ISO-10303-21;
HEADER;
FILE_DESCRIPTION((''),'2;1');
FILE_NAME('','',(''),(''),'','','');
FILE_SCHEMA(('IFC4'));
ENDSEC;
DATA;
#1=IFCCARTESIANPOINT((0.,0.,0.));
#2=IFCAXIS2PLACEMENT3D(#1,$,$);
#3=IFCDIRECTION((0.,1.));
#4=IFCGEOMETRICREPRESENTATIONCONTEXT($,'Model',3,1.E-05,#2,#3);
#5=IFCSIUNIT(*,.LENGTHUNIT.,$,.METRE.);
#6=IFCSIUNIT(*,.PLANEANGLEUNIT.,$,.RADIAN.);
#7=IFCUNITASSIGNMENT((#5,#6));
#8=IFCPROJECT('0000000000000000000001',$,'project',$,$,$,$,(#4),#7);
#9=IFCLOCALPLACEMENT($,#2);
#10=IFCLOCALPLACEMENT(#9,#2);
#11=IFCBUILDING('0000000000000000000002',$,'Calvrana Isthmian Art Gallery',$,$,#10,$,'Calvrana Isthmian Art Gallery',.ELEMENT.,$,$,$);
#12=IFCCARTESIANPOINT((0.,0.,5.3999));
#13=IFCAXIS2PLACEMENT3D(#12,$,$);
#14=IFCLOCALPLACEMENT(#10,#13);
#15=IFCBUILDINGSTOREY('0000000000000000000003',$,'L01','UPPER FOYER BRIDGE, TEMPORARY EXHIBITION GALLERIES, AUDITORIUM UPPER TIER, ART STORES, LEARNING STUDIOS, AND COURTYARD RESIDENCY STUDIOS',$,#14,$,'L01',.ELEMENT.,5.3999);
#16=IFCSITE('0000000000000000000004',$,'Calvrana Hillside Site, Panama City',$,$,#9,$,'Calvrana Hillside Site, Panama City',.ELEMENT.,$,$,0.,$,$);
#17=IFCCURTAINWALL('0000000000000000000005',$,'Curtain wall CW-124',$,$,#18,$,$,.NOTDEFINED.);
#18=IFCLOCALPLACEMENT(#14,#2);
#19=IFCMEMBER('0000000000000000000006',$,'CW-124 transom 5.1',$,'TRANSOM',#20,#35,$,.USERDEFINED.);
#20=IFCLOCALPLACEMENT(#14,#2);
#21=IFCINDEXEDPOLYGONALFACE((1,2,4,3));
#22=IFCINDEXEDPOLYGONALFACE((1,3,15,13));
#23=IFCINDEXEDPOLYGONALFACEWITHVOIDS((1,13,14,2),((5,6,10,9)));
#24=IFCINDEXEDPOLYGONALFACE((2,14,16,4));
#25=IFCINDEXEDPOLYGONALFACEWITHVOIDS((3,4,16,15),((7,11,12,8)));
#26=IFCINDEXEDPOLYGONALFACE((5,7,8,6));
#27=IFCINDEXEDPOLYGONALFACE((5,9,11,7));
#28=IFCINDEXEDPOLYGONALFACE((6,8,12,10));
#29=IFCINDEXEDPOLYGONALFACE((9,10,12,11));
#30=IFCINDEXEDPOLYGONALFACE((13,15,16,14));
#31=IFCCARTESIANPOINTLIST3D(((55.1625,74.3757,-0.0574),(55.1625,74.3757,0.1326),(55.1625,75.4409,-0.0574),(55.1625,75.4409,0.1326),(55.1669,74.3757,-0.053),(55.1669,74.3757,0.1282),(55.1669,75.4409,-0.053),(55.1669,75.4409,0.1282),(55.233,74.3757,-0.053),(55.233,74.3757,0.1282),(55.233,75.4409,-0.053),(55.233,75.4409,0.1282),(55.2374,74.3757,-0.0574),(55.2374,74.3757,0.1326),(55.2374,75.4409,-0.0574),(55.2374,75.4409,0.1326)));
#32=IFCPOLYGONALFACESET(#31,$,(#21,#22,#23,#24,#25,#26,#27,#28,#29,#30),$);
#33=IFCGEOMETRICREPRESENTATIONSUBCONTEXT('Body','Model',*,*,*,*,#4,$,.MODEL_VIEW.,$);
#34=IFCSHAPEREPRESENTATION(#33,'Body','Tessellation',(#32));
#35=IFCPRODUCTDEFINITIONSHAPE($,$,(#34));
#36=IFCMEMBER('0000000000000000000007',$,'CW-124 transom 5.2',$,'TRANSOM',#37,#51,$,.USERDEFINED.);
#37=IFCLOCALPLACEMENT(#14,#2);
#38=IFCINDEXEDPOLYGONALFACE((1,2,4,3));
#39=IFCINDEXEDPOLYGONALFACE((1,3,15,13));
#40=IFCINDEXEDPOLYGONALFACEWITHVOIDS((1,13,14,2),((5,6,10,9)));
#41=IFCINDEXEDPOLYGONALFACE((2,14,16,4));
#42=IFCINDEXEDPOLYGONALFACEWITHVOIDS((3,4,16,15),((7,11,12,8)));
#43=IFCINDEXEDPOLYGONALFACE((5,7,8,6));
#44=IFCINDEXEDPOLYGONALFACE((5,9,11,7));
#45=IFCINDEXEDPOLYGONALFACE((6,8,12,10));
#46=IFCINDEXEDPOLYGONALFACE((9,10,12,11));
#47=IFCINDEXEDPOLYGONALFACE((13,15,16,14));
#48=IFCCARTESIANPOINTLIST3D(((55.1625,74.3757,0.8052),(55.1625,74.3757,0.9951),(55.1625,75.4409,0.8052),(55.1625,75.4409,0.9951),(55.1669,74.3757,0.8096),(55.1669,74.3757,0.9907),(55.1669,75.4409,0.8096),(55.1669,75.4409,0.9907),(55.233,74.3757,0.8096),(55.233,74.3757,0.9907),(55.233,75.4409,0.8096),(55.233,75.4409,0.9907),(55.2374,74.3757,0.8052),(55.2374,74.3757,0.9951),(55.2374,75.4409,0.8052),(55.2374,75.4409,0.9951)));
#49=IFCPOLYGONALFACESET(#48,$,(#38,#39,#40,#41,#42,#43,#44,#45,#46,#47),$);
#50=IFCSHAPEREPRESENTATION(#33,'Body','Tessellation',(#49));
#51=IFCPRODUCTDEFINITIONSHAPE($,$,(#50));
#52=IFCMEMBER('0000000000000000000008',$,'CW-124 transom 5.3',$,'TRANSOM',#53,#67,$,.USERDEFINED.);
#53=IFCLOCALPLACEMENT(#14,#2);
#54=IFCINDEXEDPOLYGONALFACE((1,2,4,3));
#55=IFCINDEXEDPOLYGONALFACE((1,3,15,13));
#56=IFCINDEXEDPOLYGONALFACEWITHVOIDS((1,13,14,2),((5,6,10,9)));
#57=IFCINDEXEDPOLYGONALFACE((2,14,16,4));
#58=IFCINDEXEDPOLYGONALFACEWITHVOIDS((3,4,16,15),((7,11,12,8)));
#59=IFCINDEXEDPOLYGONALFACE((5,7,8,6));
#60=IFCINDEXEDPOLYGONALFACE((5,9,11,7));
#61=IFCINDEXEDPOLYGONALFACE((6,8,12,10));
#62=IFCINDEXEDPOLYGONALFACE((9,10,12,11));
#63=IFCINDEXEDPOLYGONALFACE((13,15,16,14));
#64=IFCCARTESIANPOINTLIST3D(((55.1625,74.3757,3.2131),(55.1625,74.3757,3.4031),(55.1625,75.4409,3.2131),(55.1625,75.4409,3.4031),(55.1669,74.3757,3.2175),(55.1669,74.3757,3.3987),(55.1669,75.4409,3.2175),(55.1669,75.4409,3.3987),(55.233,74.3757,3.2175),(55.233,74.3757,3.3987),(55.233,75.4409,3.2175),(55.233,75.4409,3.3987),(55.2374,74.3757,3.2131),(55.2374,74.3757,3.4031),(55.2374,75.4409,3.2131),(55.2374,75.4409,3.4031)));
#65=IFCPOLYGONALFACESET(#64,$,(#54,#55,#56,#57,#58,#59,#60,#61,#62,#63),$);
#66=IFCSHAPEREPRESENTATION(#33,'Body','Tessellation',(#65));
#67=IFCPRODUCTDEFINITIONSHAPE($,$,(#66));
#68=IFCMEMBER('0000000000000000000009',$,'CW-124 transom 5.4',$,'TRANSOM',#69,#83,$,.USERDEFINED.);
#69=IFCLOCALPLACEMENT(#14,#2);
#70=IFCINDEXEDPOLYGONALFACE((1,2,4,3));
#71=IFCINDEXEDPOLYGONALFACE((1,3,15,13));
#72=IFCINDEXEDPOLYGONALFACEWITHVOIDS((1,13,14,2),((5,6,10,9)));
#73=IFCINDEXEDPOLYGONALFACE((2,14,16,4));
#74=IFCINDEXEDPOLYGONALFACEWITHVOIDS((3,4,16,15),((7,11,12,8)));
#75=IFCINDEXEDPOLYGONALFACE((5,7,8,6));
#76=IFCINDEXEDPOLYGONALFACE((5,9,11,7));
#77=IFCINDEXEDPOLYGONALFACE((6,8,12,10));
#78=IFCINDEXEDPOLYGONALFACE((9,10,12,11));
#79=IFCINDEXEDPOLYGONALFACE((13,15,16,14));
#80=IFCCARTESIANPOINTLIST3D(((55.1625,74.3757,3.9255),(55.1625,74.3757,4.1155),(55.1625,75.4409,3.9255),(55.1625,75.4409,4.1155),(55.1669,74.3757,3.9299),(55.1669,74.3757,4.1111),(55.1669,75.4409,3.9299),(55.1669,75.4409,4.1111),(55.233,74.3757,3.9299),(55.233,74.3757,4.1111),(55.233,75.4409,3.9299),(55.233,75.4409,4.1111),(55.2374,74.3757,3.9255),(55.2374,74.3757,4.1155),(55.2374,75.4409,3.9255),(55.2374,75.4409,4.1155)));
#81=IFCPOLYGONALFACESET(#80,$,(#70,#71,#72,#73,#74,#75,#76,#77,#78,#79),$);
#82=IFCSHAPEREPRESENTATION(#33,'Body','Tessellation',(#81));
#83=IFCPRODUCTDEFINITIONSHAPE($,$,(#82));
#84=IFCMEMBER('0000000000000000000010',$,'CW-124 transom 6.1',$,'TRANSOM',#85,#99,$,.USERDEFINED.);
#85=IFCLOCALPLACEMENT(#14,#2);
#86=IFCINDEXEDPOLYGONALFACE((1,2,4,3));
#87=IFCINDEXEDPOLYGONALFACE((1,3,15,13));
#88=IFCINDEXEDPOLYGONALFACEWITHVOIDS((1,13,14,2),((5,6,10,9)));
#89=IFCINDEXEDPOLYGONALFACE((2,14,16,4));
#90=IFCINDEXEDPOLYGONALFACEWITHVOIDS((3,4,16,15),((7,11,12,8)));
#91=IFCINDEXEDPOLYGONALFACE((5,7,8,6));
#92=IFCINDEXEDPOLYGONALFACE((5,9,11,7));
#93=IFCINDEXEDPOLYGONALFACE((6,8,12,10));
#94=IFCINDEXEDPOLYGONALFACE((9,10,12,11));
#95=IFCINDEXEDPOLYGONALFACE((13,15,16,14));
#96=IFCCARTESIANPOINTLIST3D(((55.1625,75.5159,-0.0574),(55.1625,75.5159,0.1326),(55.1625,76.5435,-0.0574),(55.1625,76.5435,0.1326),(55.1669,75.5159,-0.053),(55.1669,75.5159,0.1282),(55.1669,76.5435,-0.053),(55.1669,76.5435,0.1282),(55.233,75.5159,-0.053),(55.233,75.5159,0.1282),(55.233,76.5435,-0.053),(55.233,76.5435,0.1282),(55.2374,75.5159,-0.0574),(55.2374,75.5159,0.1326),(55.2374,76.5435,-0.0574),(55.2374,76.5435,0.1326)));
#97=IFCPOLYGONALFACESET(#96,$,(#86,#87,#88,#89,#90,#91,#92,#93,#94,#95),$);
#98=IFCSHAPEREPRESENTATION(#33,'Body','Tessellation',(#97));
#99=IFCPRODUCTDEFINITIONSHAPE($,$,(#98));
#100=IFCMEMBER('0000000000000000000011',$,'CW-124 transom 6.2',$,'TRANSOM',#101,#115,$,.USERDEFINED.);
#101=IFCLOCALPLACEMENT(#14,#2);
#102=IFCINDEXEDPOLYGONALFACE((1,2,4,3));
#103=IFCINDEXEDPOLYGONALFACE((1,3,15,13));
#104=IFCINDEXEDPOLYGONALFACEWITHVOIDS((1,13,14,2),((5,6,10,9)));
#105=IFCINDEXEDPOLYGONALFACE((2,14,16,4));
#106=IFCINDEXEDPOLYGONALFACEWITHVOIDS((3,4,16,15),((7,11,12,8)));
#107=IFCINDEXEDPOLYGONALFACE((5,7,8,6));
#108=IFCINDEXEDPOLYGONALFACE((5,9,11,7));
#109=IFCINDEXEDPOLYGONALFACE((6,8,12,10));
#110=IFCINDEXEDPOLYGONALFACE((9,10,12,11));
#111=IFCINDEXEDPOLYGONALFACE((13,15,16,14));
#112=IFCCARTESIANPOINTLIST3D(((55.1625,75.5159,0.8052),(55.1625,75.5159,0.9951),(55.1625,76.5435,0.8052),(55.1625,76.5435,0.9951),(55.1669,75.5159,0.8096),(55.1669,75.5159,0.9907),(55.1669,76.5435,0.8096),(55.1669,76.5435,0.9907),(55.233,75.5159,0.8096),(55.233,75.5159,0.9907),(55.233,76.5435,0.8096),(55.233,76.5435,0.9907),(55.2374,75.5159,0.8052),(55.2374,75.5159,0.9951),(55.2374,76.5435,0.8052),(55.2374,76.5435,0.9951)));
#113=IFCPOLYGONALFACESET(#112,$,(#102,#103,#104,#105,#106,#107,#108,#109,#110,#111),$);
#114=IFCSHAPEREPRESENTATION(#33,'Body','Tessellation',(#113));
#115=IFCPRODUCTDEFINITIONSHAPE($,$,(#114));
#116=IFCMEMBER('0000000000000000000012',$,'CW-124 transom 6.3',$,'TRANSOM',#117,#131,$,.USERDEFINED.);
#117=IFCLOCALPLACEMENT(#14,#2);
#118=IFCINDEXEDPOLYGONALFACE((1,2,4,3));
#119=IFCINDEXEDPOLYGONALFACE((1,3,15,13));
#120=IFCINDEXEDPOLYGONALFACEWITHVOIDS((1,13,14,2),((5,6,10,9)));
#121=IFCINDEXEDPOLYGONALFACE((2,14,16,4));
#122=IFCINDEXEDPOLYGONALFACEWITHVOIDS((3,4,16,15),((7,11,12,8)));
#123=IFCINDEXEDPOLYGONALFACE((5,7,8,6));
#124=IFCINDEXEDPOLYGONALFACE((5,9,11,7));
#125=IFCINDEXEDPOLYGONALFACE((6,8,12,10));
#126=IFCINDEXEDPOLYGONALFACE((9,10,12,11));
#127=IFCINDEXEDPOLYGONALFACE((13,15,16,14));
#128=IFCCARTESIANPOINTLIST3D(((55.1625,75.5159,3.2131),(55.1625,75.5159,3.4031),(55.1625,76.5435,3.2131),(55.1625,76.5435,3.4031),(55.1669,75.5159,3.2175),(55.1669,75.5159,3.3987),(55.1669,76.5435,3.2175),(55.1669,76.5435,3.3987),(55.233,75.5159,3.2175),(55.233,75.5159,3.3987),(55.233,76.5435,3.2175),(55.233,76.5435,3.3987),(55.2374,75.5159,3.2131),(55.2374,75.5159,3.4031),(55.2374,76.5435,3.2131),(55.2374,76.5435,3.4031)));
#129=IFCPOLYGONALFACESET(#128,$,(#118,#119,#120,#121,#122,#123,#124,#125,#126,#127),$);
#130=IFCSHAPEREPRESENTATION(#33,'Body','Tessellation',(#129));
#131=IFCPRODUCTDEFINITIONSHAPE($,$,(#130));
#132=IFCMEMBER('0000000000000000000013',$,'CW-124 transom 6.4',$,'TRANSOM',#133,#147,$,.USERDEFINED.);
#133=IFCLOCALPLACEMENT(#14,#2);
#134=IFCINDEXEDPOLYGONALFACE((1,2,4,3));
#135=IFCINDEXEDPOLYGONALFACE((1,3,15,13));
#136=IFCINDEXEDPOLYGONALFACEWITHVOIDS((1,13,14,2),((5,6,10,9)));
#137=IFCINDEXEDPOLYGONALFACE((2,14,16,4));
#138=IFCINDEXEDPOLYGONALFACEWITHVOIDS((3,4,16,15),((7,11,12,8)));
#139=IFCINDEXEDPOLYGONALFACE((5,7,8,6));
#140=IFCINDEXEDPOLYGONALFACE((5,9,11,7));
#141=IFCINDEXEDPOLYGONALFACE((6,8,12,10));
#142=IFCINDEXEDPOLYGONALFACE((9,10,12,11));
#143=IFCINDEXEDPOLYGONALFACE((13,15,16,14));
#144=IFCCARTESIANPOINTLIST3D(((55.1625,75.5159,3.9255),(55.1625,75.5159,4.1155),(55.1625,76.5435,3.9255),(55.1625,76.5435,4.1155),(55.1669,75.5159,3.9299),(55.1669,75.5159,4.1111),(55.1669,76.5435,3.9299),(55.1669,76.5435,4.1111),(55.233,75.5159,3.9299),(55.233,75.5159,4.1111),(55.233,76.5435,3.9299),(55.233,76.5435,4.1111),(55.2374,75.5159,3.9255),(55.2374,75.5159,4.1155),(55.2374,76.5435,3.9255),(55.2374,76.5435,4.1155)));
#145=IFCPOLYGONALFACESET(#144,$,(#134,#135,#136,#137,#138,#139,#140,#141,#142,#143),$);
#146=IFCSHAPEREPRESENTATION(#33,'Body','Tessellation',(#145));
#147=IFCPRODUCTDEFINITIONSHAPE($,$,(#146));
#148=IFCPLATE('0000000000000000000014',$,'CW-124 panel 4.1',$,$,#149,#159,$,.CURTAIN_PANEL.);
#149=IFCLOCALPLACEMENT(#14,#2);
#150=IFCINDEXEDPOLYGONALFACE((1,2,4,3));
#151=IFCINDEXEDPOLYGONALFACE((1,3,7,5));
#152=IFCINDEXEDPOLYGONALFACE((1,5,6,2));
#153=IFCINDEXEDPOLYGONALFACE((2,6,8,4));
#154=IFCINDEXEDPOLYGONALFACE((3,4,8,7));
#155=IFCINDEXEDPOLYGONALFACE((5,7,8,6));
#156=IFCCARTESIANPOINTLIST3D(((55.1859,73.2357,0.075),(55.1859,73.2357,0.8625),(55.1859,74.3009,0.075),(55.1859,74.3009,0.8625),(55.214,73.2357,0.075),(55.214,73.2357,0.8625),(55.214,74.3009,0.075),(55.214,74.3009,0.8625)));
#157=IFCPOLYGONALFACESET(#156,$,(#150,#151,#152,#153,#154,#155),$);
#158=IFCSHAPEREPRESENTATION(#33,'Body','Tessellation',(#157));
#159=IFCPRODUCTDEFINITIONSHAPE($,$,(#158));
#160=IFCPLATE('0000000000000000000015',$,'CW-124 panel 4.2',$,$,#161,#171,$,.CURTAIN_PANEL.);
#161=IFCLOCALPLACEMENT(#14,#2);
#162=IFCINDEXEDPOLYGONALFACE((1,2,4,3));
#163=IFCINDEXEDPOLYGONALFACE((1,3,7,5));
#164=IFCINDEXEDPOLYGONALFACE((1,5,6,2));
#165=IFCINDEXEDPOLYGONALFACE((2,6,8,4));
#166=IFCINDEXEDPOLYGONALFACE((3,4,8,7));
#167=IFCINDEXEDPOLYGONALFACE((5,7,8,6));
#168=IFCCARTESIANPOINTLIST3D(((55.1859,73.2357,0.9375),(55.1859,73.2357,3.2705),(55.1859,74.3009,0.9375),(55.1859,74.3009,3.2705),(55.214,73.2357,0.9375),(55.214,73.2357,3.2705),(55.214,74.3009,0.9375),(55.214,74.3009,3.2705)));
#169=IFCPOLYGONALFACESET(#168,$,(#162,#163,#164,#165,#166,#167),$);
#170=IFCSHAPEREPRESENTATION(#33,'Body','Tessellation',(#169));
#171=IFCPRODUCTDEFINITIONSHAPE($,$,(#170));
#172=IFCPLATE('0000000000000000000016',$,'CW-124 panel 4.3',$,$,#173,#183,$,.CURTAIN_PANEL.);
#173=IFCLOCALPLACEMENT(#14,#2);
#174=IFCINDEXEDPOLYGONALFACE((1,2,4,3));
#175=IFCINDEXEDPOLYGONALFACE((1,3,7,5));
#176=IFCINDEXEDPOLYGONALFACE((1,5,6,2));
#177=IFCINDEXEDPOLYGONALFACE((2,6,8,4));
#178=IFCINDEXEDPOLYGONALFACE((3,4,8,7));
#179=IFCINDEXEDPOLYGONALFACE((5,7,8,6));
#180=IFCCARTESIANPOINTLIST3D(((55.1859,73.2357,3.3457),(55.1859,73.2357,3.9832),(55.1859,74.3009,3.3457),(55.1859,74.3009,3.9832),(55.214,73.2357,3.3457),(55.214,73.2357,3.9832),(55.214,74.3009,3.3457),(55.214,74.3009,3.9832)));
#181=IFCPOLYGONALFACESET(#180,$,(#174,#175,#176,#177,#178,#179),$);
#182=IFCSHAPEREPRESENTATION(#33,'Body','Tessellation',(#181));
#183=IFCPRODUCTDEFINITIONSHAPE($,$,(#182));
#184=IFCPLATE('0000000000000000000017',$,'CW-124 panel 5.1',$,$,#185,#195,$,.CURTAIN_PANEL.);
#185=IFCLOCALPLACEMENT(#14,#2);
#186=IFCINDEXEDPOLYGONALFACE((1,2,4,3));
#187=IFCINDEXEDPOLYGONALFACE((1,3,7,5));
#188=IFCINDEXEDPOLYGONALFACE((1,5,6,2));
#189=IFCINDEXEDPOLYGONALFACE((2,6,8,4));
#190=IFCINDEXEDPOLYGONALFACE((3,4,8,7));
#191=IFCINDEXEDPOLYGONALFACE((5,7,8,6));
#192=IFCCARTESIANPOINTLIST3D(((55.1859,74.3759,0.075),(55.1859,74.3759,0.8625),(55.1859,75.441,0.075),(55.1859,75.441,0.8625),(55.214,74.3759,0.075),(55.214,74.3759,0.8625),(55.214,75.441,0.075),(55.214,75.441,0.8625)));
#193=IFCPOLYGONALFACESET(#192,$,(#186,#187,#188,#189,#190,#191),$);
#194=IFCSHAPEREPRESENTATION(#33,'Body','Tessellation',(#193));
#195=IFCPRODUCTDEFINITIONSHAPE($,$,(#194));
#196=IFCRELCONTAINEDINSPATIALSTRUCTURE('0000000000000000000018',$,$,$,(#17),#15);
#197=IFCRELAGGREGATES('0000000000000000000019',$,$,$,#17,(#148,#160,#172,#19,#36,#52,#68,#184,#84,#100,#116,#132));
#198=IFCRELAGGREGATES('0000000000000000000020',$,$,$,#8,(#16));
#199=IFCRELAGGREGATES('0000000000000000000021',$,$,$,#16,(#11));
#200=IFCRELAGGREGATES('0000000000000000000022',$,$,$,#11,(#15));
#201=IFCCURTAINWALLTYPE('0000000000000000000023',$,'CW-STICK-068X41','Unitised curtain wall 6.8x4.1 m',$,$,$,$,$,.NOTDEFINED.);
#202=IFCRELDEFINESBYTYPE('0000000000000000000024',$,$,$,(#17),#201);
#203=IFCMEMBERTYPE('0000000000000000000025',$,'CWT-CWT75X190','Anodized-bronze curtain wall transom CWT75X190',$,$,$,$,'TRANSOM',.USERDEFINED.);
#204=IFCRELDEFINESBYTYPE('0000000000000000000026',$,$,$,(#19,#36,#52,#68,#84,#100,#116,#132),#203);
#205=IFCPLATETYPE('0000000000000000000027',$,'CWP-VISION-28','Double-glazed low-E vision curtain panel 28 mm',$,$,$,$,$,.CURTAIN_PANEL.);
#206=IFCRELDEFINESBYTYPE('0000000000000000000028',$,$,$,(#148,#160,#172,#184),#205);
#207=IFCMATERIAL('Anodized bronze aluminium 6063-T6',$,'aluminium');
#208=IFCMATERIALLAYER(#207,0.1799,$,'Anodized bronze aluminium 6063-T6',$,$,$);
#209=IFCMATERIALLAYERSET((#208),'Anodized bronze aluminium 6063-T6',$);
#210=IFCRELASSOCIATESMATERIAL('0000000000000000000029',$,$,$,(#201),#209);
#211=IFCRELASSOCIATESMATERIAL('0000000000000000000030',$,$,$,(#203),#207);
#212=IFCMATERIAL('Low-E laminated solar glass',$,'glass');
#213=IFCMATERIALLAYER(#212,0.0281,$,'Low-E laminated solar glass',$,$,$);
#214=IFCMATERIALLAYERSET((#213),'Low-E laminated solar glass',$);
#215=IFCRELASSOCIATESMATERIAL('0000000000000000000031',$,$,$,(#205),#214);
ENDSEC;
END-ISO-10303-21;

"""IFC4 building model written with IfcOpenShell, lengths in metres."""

from ifc_helpers import new_model, si_unit, direction, frame, origin, origin_2d, place, context, subcontext, project, spatial, rectangle, hollow_rectangle, extrude, material, layer, layer_set, material_profile, profile_set, type_object, element, aggregate, save


model = new_model("IFC4")

# Units and contexts
model_context = context("Model", 3, precision=1e-05, world=origin(), true_north=direction((0.0, 1.0)))
body_context = subcontext(model_context, "Body", "Model", "MODEL_VIEW")
ifc_project = project(units=[si_unit("LENGTHUNIT", "METRE"), si_unit("PLANEANGLEUNIT", "RADIAN")], contexts=[model_context])

# Site, building, storey
site_placement = place(None, origin())
site = spatial("IfcSite", under=ifc_project, at=site_placement, Name="Calvrana Hillside Site, Panama City", LongName="Calvrana Hillside Site, Panama City", CompositionType="ELEMENT", RefElevation=0.0)
building_placement = place(site_placement, origin())
building = spatial("IfcBuilding", under=site, at=building_placement, Name="Calvrana Isthmian Art Gallery", LongName="Calvrana Isthmian Art Gallery", CompositionType="ELEMENT")
storey_placement = place(building_placement, frame((0.0, 0.0, 5.3999)))
storey = spatial("IfcBuildingStorey", under=building, at=storey_placement, Name="L01", Description="UPPER FOYER BRIDGE, TEMPORARY EXHIBITION GALLERIES, AUDITORIUM UPPER TIER, ART STORES, LEARNING STUDIOS, AND COURTYARD RESIDENCY STUDIOS", LongName="L01", CompositionType="ELEMENT", Elevation=5.3999)

# Shared definitions
ifc_material_1 = material(Name="Anodized bronze aluminium 6063-T6", Category="aluminium")

# Curtain wall
ifc_layer_1 = layer(ifc_material_1, 0.1799, Name="Anodized bronze aluminium 6063-T6")
ifc_layer_set_1 = layer_set([ifc_layer_1], Name="Anodized bronze aluminium 6063-T6")
curtain_wall_type_1 = type_object("IfcCurtainWallType", Name="CW-STICK-068X41", Description="Unitised curtain wall 6.8x4.1 m", PredefinedType="NOTDEFINED", material=ifc_layer_set_1)
curtain_wall_1_placement = place(storey_placement, origin())
curtain_wall_1 = element("IfcCurtainWall", 1, at=curtain_wall_1_placement, inside=storey, type_object=curtain_wall_type_1, Name="Curtain wall CW-124", PredefinedType="NOTDEFINED")

# Members
ifc_material_profile_1 = material_profile(ifc_material_1, hollow_rectangle(XDim=0.075, YDim=0.1899, WallThickness=0.0044, at=origin_2d()), Name="CWT75X190")
ifc_profile_set_1 = profile_set([ifc_material_profile_1], Name="Anodized bronze aluminium 6063-T6")
member_type_1 = type_object("IfcMemberType", Name="CWT-CWT75X190", Description="Anodized-bronze curtain wall transom CWT75X190", ElementType="TRANSOM", PredefinedType="USERDEFINED", material=ifc_profile_set_1)
member_1_placement = place(storey_placement, frame((55.2, 74.3757, 0.0376), z_axis=(0.0, 1.0, 0.0), x_axis=(-1.0, 0.0, 0.0)))
member_1 = element("IfcMember", 2, at=member_1_placement, type_object=member_type_1, Name="CW-124 transom 5.1", ObjectType="TRANSOM", PredefinedType="USERDEFINED", context=body_context, shape_type="SweptSolid", body=[
    extrude(hollow_rectangle(XDim=0.075, YDim=0.1899, WallThickness=0.0044, at=origin_2d()), origin(), (0.0, 0.0, 1.0), 1.0652),
])
member_2_placement = place(storey_placement, frame((55.2, 74.3757, 0.9001), z_axis=(0.0, 1.0, 0.0), x_axis=(-1.0, 0.0, 0.0)))
member_2 = element("IfcMember", 3, at=member_2_placement, type_object=member_type_1, Name="CW-124 transom 5.2", ObjectType="TRANSOM", PredefinedType="USERDEFINED", context=body_context, shape_type="SweptSolid", body=[
    extrude(hollow_rectangle(XDim=0.075, YDim=0.1899, WallThickness=0.0044, at=origin_2d()), origin(), (0.0, 0.0, 1.0), 1.0652),
])
member_3_placement = place(storey_placement, frame((55.2, 74.3757, 3.3081), z_axis=(0.0, 1.0, 0.0), x_axis=(-1.0, 0.0, 0.0)))
member_3 = element("IfcMember", 4, at=member_3_placement, type_object=member_type_1, Name="CW-124 transom 5.3", ObjectType="TRANSOM", PredefinedType="USERDEFINED", context=body_context, shape_type="SweptSolid", body=[
    extrude(hollow_rectangle(XDim=0.075, YDim=0.1899, WallThickness=0.0044, at=origin_2d()), origin(), (0.0, 0.0, 1.0), 1.0652),
])
member_4_placement = place(storey_placement, frame((55.2, 74.3757, 4.0205), z_axis=(0.0, 1.0, 0.0), x_axis=(-1.0, 0.0, 0.0)))
member_4 = element("IfcMember", 5, at=member_4_placement, type_object=member_type_1, Name="CW-124 transom 5.4", ObjectType="TRANSOM", PredefinedType="USERDEFINED", context=body_context, shape_type="SweptSolid", body=[
    extrude(hollow_rectangle(XDim=0.075, YDim=0.1899, WallThickness=0.0044, at=origin_2d()), origin(), (0.0, 0.0, 1.0), 1.0652),
])
member_5_placement = place(storey_placement, frame((55.2, 75.5159, 0.0376), z_axis=(0.0, 1.0, 0.0), x_axis=(-1.0, 0.0, 0.0)))
member_5 = element("IfcMember", 6, at=member_5_placement, type_object=member_type_1, Name="CW-124 transom 6.1", ObjectType="TRANSOM", PredefinedType="USERDEFINED", context=body_context, shape_type="SweptSolid", body=[
    extrude(hollow_rectangle(XDim=0.075, YDim=0.1899, WallThickness=0.0044, at=origin_2d()), origin(), (0.0, 0.0, 1.0), 1.0276),
])
member_6_placement = place(storey_placement, frame((55.2, 75.5159, 0.9001), z_axis=(0.0, 1.0, 0.0), x_axis=(-1.0, 0.0, 0.0)))
member_6 = element("IfcMember", 7, at=member_6_placement, type_object=member_type_1, Name="CW-124 transom 6.2", ObjectType="TRANSOM", PredefinedType="USERDEFINED", context=body_context, shape_type="SweptSolid", body=[
    extrude(hollow_rectangle(XDim=0.075, YDim=0.1899, WallThickness=0.0044, at=origin_2d()), origin(), (0.0, 0.0, 1.0), 1.0276),
])
member_7_placement = place(storey_placement, frame((55.2, 75.5159, 3.3081), z_axis=(0.0, 1.0, 0.0), x_axis=(-1.0, 0.0, 0.0)))
member_7 = element("IfcMember", 8, at=member_7_placement, type_object=member_type_1, Name="CW-124 transom 6.3", ObjectType="TRANSOM", PredefinedType="USERDEFINED", context=body_context, shape_type="SweptSolid", body=[
    extrude(hollow_rectangle(XDim=0.075, YDim=0.1899, WallThickness=0.0044, at=origin_2d()), origin(), (0.0, 0.0, 1.0), 1.0276),
])
member_8_placement = place(storey_placement, frame((55.2, 75.5159, 4.0205), z_axis=(0.0, 1.0, 0.0), x_axis=(-1.0, 0.0, 0.0)))
member_8 = element("IfcMember", 9, at=member_8_placement, type_object=member_type_1, Name="CW-124 transom 6.4", ObjectType="TRANSOM", PredefinedType="USERDEFINED", context=body_context, shape_type="SweptSolid", body=[
    extrude(hollow_rectangle(XDim=0.075, YDim=0.1899, WallThickness=0.0044, at=origin_2d()), origin(), (0.0, 0.0, 1.0), 1.0276),
])

# Plates
ifc_material_2 = material(Name="Low-E laminated solar glass", Category="glass")
ifc_layer_2 = layer(ifc_material_2, 0.0281, Name="Low-E laminated solar glass")
ifc_layer_set_2 = layer_set([ifc_layer_2], Name="Low-E laminated solar glass")
plate_type = type_object("IfcPlateType", Name="CWP-VISION-28", Description="Double-glazed low-E vision curtain panel 28 mm", PredefinedType="CURTAIN_PANEL", material=ifc_layer_set_2)
plate_1_placement = place(storey_placement, frame((55.2, 73.7683, 0.075), z_axis=(0.0, 0.0, 1.0), x_axis=(0.0, 1.0, 0.0)))
plate_1 = element("IfcPlate", 10, at=plate_1_placement, type_object=plate_type, Name="CW-124 panel 4.1", PredefinedType="CURTAIN_PANEL", context=body_context, shape_type="SweptSolid", body=[
    extrude(rectangle(XDim=1.0652, YDim=0.0281, at=origin_2d()), origin(), (0.0, 0.0, 1.0), 0.7876),
])
plate_2_placement = place(storey_placement, frame((55.2, 73.7683, 0.9375), z_axis=(0.0, 0.0, 1.0), x_axis=(0.0, 1.0, 0.0)))
plate_2 = element("IfcPlate", 11, at=plate_2_placement, type_object=plate_type, Name="CW-124 panel 4.2", PredefinedType="CURTAIN_PANEL", context=body_context, shape_type="SweptSolid", body=[
    extrude(rectangle(XDim=1.0652, YDim=0.0281, at=origin_2d()), origin(), (0.0, 0.0, 1.0), 2.333),
])
plate_3_placement = place(storey_placement, frame((55.2, 73.7683, 3.3457), z_axis=(0.0, 0.0, 1.0), x_axis=(0.0, 1.0, 0.0)))
plate_3 = element("IfcPlate", 12, at=plate_3_placement, type_object=plate_type, Name="CW-124 panel 4.3", PredefinedType="CURTAIN_PANEL", context=body_context, shape_type="SweptSolid", body=[
    extrude(rectangle(XDim=1.0652, YDim=0.0281, at=origin_2d()), origin(), (0.0, 0.0, 1.0), 0.6375),
])
plate_4_placement = place(storey_placement, frame((55.2, 74.9084, 0.075), z_axis=(0.0, 0.0, 1.0), x_axis=(0.0, 1.0, 0.0)))
plate_4 = element("IfcPlate", 13, at=plate_4_placement, type_object=plate_type, Name="CW-124 panel 5.1", PredefinedType="CURTAIN_PANEL", context=body_context, shape_type="SweptSolid", body=[
    extrude(rectangle(XDim=1.0652, YDim=0.0281, at=origin_2d()), origin(), (0.0, 0.0, 1.0), 0.7876),
])
aggregate(curtain_wall_1, [plate_1, plate_2, plate_3, member_1, member_2, member_3, member_4, plate_4, member_5, member_6, member_7, member_8])

save(model, "model.ifc")
